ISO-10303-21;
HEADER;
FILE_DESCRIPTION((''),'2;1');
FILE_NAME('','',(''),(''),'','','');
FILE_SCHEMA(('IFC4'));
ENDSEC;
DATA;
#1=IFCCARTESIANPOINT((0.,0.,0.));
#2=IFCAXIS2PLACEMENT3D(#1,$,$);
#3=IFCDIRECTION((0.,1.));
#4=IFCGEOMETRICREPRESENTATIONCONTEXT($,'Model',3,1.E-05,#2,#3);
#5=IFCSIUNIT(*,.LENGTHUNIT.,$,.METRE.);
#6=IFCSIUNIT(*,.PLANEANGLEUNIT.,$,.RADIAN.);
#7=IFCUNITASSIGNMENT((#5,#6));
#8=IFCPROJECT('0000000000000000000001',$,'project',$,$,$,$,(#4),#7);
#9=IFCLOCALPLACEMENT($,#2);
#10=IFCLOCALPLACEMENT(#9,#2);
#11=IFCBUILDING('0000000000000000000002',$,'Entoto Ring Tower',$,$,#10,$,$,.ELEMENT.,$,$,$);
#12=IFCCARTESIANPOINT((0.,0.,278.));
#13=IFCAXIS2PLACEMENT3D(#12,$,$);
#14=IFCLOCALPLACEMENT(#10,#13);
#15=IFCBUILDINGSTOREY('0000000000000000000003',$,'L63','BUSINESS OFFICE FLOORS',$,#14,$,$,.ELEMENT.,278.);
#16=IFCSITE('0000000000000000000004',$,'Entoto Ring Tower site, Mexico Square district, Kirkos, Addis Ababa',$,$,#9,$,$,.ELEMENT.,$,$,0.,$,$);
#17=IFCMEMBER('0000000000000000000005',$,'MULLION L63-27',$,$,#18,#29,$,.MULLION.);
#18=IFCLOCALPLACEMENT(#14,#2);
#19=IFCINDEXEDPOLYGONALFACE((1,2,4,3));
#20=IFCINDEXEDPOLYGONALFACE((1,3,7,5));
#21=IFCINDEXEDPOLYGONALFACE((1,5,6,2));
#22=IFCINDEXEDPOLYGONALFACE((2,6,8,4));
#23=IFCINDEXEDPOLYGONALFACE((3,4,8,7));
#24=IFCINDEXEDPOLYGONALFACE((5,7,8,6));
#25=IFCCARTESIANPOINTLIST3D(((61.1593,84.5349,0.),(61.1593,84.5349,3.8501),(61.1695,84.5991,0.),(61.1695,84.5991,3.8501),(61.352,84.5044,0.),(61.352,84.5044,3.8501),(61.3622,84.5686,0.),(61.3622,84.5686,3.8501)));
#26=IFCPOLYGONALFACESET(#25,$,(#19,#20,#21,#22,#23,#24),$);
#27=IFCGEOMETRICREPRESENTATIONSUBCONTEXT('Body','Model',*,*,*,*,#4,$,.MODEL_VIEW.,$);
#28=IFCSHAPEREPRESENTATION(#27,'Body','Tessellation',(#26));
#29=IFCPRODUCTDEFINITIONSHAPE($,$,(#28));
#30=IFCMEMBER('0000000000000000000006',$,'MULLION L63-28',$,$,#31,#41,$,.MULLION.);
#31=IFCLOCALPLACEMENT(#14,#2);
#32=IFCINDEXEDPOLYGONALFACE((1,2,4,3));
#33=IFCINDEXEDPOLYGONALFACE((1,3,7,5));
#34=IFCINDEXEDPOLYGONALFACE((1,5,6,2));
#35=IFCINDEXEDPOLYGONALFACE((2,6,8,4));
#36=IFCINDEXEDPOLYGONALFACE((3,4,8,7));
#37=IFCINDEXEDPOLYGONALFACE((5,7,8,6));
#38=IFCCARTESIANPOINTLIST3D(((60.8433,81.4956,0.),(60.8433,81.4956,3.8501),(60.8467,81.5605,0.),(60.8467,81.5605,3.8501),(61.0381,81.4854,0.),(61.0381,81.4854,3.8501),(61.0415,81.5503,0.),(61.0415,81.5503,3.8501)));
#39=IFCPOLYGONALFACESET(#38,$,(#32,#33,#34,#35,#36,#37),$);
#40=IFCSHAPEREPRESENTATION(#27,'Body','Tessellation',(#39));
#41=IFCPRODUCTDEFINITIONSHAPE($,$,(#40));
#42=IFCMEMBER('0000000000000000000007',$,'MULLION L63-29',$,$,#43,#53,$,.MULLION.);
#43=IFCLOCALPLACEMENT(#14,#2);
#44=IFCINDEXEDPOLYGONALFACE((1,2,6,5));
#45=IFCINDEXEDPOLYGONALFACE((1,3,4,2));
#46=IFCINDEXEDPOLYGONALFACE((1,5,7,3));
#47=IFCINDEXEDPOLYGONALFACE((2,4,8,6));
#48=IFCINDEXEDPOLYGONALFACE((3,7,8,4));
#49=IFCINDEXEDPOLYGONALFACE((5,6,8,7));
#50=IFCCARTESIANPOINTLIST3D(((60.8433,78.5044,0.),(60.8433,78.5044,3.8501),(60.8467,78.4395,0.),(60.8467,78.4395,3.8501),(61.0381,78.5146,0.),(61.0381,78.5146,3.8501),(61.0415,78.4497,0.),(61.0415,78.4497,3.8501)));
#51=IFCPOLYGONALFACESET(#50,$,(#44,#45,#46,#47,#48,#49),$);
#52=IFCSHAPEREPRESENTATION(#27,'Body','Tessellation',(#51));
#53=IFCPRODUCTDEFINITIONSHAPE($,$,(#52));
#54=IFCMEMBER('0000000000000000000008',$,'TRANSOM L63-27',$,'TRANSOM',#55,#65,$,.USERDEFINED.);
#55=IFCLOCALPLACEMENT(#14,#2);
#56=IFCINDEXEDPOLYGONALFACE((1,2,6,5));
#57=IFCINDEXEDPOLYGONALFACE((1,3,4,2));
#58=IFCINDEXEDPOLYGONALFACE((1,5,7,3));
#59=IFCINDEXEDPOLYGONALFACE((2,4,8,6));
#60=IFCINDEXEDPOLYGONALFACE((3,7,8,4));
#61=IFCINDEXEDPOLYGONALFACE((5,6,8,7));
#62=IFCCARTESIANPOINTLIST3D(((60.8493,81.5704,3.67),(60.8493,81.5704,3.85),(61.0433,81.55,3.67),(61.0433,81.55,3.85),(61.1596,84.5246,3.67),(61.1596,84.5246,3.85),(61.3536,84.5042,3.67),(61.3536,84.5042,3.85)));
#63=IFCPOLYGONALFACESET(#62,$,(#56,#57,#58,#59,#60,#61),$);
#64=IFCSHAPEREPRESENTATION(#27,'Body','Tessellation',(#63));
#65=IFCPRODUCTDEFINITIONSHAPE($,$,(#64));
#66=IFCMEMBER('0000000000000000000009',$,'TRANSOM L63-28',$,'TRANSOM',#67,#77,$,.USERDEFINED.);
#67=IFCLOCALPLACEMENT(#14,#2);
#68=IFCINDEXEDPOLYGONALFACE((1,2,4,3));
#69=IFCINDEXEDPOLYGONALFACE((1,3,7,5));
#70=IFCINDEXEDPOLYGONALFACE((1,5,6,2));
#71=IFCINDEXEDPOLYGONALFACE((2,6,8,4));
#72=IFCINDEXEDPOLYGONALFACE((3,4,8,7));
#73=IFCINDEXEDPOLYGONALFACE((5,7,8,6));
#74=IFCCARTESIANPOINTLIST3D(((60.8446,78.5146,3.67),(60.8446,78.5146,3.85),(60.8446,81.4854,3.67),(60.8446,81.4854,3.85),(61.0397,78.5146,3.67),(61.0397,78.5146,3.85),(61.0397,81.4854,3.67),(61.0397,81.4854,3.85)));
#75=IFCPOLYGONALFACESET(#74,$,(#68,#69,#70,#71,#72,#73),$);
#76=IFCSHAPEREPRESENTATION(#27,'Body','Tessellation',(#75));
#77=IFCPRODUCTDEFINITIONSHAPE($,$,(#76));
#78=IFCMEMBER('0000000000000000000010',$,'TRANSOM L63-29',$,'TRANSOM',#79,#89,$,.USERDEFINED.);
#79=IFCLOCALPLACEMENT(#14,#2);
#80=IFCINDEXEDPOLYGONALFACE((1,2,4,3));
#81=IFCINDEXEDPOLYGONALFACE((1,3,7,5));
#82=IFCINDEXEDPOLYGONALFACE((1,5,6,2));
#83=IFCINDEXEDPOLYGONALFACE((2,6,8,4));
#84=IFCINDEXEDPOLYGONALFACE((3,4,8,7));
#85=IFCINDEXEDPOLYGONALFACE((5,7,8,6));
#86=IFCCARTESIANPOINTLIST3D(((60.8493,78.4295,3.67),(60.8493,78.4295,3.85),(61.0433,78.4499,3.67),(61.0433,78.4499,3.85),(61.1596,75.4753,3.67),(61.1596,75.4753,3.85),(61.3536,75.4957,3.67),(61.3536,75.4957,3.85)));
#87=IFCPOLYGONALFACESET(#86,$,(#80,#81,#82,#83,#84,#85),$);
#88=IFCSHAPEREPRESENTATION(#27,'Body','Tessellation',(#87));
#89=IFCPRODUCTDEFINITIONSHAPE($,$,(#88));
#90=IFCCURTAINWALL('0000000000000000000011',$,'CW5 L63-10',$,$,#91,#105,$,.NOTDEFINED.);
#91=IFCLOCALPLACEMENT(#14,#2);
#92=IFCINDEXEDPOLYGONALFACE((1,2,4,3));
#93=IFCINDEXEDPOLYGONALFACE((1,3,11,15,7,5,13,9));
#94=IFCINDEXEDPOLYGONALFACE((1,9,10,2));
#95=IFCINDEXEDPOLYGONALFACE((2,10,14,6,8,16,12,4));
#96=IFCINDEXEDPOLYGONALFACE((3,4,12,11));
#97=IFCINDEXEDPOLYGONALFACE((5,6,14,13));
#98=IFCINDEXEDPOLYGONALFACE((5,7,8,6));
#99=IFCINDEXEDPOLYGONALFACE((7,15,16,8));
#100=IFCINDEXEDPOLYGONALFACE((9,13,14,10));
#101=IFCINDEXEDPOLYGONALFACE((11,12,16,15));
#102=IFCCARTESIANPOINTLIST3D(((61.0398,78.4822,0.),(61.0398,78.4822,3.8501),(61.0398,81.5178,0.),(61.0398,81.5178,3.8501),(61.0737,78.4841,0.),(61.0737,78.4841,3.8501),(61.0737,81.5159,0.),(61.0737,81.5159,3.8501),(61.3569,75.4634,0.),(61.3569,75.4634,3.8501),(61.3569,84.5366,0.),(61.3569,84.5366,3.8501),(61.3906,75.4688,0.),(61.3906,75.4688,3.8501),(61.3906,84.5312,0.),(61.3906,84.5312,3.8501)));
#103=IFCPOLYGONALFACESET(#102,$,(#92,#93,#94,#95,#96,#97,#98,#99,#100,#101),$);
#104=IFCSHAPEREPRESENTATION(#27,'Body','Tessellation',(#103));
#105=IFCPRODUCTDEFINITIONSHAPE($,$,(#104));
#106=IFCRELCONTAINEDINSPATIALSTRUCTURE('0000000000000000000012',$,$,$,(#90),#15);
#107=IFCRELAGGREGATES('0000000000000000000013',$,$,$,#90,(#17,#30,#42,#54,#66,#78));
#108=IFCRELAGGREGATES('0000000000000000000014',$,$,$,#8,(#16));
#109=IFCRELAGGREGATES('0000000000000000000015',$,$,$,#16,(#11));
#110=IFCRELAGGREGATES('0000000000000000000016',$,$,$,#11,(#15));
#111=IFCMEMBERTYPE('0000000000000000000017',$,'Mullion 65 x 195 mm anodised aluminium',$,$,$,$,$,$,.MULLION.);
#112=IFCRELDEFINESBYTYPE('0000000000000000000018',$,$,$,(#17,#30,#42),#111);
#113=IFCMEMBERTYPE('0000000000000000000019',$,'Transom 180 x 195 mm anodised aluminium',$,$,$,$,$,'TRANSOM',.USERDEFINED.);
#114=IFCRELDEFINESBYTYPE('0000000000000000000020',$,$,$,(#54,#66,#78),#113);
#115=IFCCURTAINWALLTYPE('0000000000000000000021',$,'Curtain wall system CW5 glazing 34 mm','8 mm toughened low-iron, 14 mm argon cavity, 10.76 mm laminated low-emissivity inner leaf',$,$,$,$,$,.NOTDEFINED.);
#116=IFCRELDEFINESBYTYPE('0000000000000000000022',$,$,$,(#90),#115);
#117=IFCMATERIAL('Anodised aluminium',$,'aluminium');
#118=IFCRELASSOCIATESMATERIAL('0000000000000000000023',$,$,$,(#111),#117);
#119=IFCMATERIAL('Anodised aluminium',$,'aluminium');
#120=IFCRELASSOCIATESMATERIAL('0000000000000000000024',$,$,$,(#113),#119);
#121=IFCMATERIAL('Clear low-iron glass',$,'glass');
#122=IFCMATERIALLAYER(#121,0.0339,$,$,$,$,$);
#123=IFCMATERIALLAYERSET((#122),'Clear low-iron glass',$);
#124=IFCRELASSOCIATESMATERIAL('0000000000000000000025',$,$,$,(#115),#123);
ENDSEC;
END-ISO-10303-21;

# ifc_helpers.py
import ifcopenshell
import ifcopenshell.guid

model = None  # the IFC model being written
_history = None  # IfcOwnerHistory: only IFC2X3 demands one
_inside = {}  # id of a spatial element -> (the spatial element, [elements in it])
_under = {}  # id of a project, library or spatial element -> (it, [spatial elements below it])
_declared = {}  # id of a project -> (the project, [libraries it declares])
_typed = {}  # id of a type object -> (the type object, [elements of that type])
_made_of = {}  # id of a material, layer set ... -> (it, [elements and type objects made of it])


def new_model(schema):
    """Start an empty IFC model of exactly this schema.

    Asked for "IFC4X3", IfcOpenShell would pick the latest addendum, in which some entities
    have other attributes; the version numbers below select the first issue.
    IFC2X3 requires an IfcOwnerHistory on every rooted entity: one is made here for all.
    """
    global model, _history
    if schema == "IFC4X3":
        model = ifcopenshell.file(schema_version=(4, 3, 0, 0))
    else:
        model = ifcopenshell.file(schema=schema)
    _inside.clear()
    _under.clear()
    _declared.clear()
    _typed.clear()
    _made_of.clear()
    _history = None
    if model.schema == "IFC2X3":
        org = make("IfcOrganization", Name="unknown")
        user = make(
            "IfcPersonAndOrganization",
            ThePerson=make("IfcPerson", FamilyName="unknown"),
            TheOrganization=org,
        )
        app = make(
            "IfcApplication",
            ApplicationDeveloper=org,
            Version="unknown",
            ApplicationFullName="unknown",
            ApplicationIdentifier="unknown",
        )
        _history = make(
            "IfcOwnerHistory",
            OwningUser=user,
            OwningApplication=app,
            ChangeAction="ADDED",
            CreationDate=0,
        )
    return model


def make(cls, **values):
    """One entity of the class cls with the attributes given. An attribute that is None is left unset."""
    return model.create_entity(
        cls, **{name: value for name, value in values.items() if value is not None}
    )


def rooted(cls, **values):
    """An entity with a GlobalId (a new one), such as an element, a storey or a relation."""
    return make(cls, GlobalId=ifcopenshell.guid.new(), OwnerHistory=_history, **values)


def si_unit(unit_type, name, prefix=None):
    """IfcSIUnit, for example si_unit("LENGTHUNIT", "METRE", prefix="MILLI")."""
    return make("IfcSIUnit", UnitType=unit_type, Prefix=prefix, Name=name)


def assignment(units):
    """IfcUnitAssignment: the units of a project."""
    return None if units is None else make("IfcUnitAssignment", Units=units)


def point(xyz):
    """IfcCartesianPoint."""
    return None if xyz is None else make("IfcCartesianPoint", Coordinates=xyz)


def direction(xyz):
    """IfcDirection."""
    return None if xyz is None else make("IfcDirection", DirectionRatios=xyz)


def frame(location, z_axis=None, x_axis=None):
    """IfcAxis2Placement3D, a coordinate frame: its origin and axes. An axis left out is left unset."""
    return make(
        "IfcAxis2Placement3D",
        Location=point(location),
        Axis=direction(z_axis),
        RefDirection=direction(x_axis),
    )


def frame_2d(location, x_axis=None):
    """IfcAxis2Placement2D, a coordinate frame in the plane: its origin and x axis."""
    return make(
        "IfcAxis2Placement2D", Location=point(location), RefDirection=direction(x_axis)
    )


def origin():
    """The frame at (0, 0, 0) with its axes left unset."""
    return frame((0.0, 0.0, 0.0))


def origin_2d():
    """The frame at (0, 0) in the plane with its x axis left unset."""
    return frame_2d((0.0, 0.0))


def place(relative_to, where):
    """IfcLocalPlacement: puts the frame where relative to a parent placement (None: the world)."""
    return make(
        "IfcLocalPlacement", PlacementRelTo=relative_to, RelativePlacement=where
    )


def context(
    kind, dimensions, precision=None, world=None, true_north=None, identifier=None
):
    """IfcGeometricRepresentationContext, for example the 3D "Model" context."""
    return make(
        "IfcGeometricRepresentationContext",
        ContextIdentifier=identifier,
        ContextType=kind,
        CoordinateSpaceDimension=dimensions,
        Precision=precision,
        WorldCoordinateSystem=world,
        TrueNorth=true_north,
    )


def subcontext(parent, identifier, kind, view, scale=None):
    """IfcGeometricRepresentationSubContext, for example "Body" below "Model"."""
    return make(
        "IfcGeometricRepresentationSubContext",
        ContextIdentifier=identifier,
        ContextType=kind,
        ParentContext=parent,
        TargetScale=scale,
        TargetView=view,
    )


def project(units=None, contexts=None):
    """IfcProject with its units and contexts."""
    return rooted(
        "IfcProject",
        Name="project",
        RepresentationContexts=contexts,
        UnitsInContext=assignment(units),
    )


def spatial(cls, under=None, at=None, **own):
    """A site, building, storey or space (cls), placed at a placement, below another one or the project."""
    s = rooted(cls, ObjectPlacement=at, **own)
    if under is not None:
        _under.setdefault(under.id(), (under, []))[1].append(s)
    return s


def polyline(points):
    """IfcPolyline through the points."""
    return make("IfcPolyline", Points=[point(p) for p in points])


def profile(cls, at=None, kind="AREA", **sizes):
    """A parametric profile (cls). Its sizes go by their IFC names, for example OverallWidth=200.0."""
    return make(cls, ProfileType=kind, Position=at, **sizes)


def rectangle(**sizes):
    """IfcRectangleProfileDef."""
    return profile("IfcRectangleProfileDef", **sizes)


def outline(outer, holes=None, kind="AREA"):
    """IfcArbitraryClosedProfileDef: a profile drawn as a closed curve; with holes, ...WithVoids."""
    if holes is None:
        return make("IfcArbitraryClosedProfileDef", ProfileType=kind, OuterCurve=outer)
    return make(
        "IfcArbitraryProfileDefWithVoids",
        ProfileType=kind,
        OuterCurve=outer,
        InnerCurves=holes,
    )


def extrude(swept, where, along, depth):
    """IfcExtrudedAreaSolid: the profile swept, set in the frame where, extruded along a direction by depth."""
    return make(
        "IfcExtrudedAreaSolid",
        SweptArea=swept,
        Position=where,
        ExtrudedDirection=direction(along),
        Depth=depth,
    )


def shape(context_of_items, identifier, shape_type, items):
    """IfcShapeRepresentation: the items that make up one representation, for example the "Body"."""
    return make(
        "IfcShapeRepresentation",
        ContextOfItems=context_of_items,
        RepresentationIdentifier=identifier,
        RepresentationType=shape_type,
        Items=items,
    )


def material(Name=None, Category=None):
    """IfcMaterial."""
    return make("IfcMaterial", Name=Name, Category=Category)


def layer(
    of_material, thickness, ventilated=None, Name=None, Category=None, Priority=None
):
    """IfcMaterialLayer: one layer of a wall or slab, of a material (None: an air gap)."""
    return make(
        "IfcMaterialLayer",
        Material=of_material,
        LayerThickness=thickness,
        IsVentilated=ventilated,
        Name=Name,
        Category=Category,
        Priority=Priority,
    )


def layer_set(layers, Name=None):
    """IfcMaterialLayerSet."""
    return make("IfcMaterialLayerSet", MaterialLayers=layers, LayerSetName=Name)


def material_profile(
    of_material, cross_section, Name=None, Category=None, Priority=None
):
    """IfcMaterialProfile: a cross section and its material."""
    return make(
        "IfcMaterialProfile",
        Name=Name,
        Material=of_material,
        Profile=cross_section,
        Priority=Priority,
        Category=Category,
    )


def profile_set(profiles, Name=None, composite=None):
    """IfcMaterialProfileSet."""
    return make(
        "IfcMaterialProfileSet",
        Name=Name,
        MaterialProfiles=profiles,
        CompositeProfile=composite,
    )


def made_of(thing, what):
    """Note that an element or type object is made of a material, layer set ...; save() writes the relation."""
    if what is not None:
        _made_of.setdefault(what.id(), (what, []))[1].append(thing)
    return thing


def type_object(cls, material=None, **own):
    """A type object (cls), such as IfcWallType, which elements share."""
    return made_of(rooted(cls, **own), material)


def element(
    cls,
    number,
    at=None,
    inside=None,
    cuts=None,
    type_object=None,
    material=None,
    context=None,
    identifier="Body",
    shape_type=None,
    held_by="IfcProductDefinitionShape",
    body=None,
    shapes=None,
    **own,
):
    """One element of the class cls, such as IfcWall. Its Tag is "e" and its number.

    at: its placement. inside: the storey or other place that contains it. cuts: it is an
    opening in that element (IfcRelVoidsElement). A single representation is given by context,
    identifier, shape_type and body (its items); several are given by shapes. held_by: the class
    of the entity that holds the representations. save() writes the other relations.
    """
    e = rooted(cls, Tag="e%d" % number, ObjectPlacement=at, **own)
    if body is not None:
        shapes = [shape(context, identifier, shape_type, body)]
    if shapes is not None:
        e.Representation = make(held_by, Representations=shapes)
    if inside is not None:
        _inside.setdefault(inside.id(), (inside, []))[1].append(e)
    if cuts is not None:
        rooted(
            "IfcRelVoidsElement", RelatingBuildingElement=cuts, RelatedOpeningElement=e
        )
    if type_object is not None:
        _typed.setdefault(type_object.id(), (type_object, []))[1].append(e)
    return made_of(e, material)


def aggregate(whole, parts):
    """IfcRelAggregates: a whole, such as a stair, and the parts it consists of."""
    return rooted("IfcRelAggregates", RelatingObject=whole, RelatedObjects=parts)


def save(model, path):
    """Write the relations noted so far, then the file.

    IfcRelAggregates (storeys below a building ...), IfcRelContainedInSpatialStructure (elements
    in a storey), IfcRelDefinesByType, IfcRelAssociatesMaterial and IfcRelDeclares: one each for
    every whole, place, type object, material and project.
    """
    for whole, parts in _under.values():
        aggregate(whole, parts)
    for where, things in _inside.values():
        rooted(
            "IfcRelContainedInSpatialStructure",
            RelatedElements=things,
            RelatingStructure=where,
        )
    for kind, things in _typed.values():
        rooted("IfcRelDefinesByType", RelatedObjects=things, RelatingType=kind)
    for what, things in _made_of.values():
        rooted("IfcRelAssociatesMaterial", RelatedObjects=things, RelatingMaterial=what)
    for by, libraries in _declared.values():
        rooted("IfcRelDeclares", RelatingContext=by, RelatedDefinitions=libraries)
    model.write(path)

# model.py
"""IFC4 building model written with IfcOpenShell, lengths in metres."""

from ifc_helpers import new_model, si_unit, direction, frame, origin, origin_2d, place, context, subcontext, project, spatial, polyline, rectangle, outline, extrude, material, layer, layer_set, material_profile, profile_set, type_object, element, aggregate, save


model = new_model("IFC4")

# Units and contexts
model_context = context("Model", 3, precision=1e-05, world=origin(), true_north=direction((0.0, 1.0)))
body_context = subcontext(model_context, "Body", "Model", "MODEL_VIEW")
ifc_project = project(units=[si_unit("LENGTHUNIT", "METRE"), si_unit("PLANEANGLEUNIT", "RADIAN")], contexts=[model_context])

# Members
ifc_material_1 = material(Name="Anodised aluminium", Category="aluminium")
ifc_material_profile_1 = material_profile(ifc_material_1, rectangle(XDim=0.0649, YDim=0.1951, at=origin_2d()), Name="Mullion 65 x 195 mm anodised aluminium")
ifc_profile_set_1 = profile_set([ifc_material_profile_1], Name="Anodised aluminium")
member_type_1 = type_object("IfcMemberType", Name="Mullion 65 x 195 mm anodised aluminium", PredefinedType="MULLION", material=ifc_profile_set_1)
site_placement = place(None, origin())
building_placement = place(site_placement, origin())
storey_placement = place(building_placement, frame((0.0, 0.0, 278.0)))
member_1_placement = place(storey_placement, frame((61.2607, 84.5518, 0.0), z_axis=(0.0, 0.0, 1.0), x_axis=(-0.156434, -0.987688, 0.0)))
member_1 = element("IfcMember", 1, at=member_1_placement, type_object=member_type_1, Name="MULLION L63-27", PredefinedType="MULLION", context=body_context, shape_type="SweptSolid", body=[
    extrude(rectangle(XDim=0.0649, YDim=0.1951, at=origin_2d()), origin(), (0.0, 0.0, 1.0), 3.8501),
])
member_2_placement = place(storey_placement, frame((60.9424, 81.5229, 0.0), z_axis=(0.0, 0.0, 1.0), x_axis=(-0.052336, -0.99863, 0.0)))
member_2 = element("IfcMember", 2, at=member_2_placement, type_object=member_type_1, Name="MULLION L63-28", PredefinedType="MULLION", context=body_context, shape_type="SweptSolid", body=[
    extrude(rectangle(XDim=0.0649, YDim=0.1951, at=origin_2d()), origin(), (0.0, 0.0, 1.0), 3.8501),
])
member_3_placement = place(storey_placement, frame((60.9424, 78.4771, 0.0), z_axis=(0.0, 0.0, 1.0), x_axis=(0.052336, -0.99863, 0.0)))
member_3 = element("IfcMember", 3, at=member_3_placement, type_object=member_type_1, Name="MULLION L63-29", PredefinedType="MULLION", context=body_context, shape_type="SweptSolid", body=[
    extrude(rectangle(XDim=0.0649, YDim=0.1951, at=origin_2d()), origin(), (0.0, 0.0, 1.0), 3.8501),
])
ifc_material_2 = material(Name="Anodised aluminium", Category="aluminium")
ifc_material_profile_2 = material_profile(ifc_material_2, rectangle(XDim=0.1951, YDim=0.1799, at=origin_2d()), Name="Transom 180 x 195 mm anodised aluminium")
ifc_profile_set_2 = profile_set([ifc_material_profile_2], Name="Anodised aluminium")
member_type_2 = type_object("IfcMemberType", Name="Transom 180 x 195 mm anodised aluminium", ElementType="TRANSOM", PredefinedType="USERDEFINED", material=ifc_profile_set_2)
member_4_placement = place(storey_placement, frame((61.2566, 84.5144, 3.76), z_axis=(-0.104467, -0.994528, 0.0), x_axis=(0.994528, -0.104467, 0.0)))
member_4 = element("IfcMember", 4, at=member_4_placement, type_object=member_type_2, Name="TRANSOM L63-27", ObjectType="TRANSOM", PredefinedType="USERDEFINED", context=body_context, shape_type="SweptSolid", body=[
    extrude(rectangle(XDim=0.1951, YDim=0.1799, at=origin_2d()), origin(), (0.0, 0.0, 1.0), 2.9705),
])
member_5_placement = place(storey_placement, frame((60.9421, 81.4854, 3.76), z_axis=(0.0, -1.0, 0.0), x_axis=(1.0, 0.0, 0.0)))
member_5 = element("IfcMember", 5, at=member_5_placement, type_object=member_type_2, Name="TRANSOM L63-28", ObjectType="TRANSOM", PredefinedType="USERDEFINED", context=body_context, shape_type="SweptSolid", body=[
    extrude(rectangle(XDim=0.1951, YDim=0.1799, at=origin_2d()), origin(), (0.0, 0.0, 1.0), 2.9707),
])
member_6_placement = place(storey_placement, frame((60.9463, 78.4397, 3.76), z_axis=(0.104467, -0.994528, 0.0), x_axis=(0.994528, 0.104467, 0.0)))
member_6 = element("IfcMember", 6, at=member_6_placement, type_object=member_type_2, Name="TRANSOM L63-29", ObjectType="TRANSOM", PredefinedType="USERDEFINED", context=body_context, shape_type="SweptSolid", body=[
    extrude(rectangle(XDim=0.1951, YDim=0.1799, at=origin_2d()), origin(), (0.0, 0.0, 1.0), 2.9705),
])

# Site, building, storey
site = spatial("IfcSite", under=ifc_project, at=site_placement, Name="Entoto Ring Tower site, Mexico Square district, Kirkos, Addis Ababa", CompositionType="ELEMENT", RefElevation=0.0)
building = spatial("IfcBuilding", under=site, at=building_placement, Name="Entoto Ring Tower", CompositionType="ELEMENT")
storey = spatial("IfcBuildingStorey", under=building, at=storey_placement, Name="L63", Description="BUSINESS OFFICE FLOORS", CompositionType="ELEMENT", Elevation=278.0)

# Curtain wall
ifc_material_3 = material(Name="Clear low-iron glass", Category="glass")
ifc_layer = layer(ifc_material_3, 0.0339)
ifc_layer_set = layer_set([ifc_layer], Name="Clear low-iron glass")
curtain_wall_type = type_object("IfcCurtainWallType", Name="Curtain wall system CW5 glazing 34 mm", Description="8 mm toughened low-iron, 14 mm argon cavity, 10.76 mm laminated low-emissivity inner leaf", PredefinedType="NOTDEFINED", material=ifc_layer_set)
curtain_wall_1_placement = place(storey_placement, origin())
curtain_wall_1 = element("IfcCurtainWall", 7, at=curtain_wall_1_placement, inside=storey, type_object=curtain_wall_type, Name="CW5 L63-10", PredefinedType="NOTDEFINED", context=body_context, shape_type="SweptSolid", body=[
    extrude(outline(polyline([(61.3569, 84.5366), (61.0398, 81.5178), (61.0398, 78.4822), (61.3569, 75.4634), (61.3906, 75.4688), (61.0737, 78.4841), (61.0737, 81.5159), (61.3906, 84.5312), (61.3569, 84.5366)])), origin(), (0.0, 0.0, 1.0), 3.8501),
])
aggregate(curtain_wall_1, [member_1, member_2, member_3, member_4, member_5, member_6])

save(model, "model.ifc")
